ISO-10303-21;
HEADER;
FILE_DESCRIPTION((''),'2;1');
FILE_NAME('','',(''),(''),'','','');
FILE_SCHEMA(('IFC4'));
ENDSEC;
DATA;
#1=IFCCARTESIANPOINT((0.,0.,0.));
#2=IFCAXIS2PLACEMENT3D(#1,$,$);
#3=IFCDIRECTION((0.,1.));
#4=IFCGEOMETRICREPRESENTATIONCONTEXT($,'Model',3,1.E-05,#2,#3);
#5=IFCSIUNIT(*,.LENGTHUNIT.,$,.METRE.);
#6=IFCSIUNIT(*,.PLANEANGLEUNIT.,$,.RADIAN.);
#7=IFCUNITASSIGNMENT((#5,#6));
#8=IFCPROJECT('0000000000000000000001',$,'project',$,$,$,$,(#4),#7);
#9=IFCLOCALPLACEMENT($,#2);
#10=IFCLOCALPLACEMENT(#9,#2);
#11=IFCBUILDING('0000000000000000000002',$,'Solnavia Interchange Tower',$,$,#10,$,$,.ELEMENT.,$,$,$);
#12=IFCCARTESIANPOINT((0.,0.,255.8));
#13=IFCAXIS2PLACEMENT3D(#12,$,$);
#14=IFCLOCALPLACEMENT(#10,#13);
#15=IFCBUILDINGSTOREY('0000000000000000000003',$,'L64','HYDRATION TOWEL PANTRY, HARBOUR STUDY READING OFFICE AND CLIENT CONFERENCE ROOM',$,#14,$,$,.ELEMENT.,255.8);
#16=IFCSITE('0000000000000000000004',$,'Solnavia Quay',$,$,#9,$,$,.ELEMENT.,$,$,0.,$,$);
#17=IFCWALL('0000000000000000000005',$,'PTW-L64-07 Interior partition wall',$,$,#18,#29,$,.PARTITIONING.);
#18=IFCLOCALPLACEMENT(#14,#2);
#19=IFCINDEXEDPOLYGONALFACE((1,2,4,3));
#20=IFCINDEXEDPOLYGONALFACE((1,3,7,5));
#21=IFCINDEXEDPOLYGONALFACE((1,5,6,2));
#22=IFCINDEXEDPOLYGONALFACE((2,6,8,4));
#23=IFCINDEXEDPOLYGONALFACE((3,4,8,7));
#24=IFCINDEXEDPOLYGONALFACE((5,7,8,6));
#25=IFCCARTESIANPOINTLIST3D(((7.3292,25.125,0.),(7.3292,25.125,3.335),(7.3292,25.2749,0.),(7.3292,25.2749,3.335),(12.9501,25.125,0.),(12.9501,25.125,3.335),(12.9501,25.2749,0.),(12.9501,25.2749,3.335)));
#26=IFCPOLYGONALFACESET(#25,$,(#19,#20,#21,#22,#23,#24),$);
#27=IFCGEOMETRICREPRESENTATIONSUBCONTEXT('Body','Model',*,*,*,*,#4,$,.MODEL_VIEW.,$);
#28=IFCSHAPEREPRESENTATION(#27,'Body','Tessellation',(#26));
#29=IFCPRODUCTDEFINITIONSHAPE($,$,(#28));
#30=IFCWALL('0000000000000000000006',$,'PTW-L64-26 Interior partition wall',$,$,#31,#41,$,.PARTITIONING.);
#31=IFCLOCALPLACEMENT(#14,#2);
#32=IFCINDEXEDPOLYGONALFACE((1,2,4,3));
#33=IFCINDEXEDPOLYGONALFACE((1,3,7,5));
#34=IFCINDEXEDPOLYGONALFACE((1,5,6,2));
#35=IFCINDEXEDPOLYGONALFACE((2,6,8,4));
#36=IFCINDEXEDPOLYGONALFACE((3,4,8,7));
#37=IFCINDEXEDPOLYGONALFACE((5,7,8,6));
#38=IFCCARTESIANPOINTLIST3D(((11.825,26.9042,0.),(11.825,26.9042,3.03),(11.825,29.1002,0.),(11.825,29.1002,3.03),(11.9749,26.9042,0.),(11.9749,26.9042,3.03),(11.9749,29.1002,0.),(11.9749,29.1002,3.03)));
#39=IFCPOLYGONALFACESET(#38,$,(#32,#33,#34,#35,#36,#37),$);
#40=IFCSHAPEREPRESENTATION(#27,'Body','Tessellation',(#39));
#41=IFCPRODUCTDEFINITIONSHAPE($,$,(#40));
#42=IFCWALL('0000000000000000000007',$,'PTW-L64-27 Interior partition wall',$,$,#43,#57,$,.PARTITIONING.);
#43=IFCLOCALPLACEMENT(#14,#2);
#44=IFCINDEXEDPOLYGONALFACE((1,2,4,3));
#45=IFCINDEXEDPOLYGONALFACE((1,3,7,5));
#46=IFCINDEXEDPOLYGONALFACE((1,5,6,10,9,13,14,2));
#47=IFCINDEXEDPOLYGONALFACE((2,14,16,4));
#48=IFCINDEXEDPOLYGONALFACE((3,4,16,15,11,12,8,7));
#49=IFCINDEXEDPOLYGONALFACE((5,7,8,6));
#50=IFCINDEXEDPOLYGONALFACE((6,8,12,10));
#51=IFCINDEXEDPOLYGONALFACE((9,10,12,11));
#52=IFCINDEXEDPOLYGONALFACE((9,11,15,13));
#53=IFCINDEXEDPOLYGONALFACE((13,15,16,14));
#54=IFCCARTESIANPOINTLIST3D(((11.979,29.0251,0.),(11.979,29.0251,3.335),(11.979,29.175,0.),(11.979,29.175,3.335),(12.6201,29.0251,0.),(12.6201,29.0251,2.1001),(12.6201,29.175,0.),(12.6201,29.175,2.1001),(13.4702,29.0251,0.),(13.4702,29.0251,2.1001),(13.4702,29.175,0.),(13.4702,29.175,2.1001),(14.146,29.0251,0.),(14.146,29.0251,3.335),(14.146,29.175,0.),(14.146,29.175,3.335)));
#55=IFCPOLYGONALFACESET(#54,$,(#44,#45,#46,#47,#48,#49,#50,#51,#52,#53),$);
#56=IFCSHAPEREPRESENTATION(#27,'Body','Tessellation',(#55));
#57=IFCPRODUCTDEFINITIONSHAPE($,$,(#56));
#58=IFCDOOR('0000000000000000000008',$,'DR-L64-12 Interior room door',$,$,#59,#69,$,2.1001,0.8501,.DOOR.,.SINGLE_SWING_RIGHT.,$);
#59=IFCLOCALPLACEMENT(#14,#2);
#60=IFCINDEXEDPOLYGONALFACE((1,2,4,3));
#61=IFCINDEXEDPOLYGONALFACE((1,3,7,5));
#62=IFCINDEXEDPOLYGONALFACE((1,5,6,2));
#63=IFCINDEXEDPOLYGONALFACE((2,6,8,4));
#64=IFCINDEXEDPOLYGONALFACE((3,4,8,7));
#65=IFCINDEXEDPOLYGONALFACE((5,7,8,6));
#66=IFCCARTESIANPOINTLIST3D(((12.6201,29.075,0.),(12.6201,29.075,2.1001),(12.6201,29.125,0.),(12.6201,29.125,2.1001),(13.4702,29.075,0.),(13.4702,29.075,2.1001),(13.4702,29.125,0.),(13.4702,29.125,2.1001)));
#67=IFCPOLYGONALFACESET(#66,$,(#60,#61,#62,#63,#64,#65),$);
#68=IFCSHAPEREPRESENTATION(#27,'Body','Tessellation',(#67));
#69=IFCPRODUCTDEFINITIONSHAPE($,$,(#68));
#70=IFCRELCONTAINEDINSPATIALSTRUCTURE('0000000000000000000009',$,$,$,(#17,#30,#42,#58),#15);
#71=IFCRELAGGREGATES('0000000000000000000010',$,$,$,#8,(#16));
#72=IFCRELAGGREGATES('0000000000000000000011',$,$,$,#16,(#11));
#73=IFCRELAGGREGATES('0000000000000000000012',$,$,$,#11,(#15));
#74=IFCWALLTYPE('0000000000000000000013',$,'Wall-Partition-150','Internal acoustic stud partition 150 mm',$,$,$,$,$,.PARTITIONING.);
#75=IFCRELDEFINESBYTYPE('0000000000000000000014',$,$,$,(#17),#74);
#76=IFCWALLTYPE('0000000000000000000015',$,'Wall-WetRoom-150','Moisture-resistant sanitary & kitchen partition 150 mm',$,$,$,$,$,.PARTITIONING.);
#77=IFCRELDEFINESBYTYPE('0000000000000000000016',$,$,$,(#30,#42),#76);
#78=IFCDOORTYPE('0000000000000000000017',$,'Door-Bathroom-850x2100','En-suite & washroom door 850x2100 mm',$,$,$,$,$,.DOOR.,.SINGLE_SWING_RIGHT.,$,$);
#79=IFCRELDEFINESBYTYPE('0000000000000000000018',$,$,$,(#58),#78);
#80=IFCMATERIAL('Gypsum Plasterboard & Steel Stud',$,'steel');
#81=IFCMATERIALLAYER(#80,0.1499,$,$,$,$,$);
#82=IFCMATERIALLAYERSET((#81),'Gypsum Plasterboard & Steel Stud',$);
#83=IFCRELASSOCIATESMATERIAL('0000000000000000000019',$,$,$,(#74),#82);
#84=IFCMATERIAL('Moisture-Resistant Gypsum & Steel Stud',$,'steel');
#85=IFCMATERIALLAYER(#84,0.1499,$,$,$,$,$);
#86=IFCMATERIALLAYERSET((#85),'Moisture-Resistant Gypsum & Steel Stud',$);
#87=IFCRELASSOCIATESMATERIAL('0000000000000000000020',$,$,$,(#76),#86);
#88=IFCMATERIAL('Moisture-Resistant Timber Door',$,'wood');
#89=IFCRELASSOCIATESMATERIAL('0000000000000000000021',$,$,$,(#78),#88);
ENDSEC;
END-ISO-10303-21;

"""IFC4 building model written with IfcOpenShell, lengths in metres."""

from ifc_helpers import new_model, si_unit, direction, frame, frame_2d, origin, place, context, subcontext, project, spatial, rectangle, extrude, material, layer, layer_set, type_object, element, fill, save


model = new_model("IFC4")

# Units and contexts
model_context = context("Model", 3, precision=1e-05, world=origin(), true_north=direction((0.0, 1.0)))
body_context = subcontext(model_context, "Body", "Model", "MODEL_VIEW")
ifc_project = project(units=[si_unit("LENGTHUNIT", "METRE"), si_unit("PLANEANGLEUNIT", "RADIAN")], contexts=[model_context])

# Site, building, storey
site_placement = place(None, origin())
site = spatial("IfcSite", under=ifc_project, at=site_placement, Name="Solnavia Quay", CompositionType="ELEMENT", RefElevation=0.0)
building_placement = place(site_placement, origin())
building = spatial("IfcBuilding", under=site, at=building_placement, Name="Solnavia Interchange Tower", CompositionType="ELEMENT")
storey_placement = place(building_placement, frame((0.0, 0.0, 255.8)))
storey = spatial("IfcBuildingStorey", under=building, at=storey_placement, Name="L64", Description="HYDRATION TOWEL PANTRY, HARBOUR STUDY READING OFFICE AND CLIENT CONFERENCE ROOM", CompositionType="ELEMENT", Elevation=255.8)

# Walls
ifc_material_1 = material(Name="Gypsum Plasterboard & Steel Stud", Category="steel")
ifc_layer_1 = layer(ifc_material_1, 0.1499)
ifc_layer_set_1 = layer_set([ifc_layer_1], Name="Gypsum Plasterboard & Steel Stud")
wall_type_1 = type_object("IfcWallType", Name="Wall-Partition-150", Description="Internal acoustic stud partition 150 mm", PredefinedType="PARTITIONING", material=ifc_layer_set_1)
wall_1_placement = place(storey_placement, frame((7.3291, 25.2, 0.0), z_axis=(0.0, 0.0, 1.0), x_axis=(1.0, 0.0, 0.0)))
element("IfcWall", 1, at=wall_1_placement, inside=storey, type_object=wall_type_1, Name="PTW-L64-07 Interior partition wall", PredefinedType="PARTITIONING", context=body_context, shape_type="SweptSolid", body=[
    extrude(rectangle(XDim=5.6208, YDim=0.1499, at=frame_2d((2.8105, 0.0))), origin(), (0.0, 0.0, 1.0), 3.335),
])
ifc_material_2 = material(Name="Moisture-Resistant Gypsum & Steel Stud", Category="steel")
ifc_layer_2 = layer(ifc_material_2, 0.1499)
ifc_layer_set_2 = layer_set([ifc_layer_2], Name="Moisture-Resistant Gypsum & Steel Stud")
wall_type_2 = type_object("IfcWallType", Name="Wall-WetRoom-150", Description="Moisture-resistant sanitary & kitchen partition 150 mm", PredefinedType="PARTITIONING", material=ifc_layer_set_2)
wall_2_placement = place(storey_placement, frame((11.8999, 26.9041, 0.0), z_axis=(0.0, 0.0, 1.0), x_axis=(0.0, 1.0, 0.0)))
element("IfcWall", 2, at=wall_2_placement, inside=storey, type_object=wall_type_2, Name="PTW-L64-26 Interior partition wall", PredefinedType="PARTITIONING", context=body_context, shape_type="SweptSolid", body=[
    extrude(rectangle(XDim=2.196, YDim=0.1499, at=frame_2d((1.0981, 0.0))), origin(), (0.0, 0.0, 1.0), 3.03),
])

# Wall, opening, door
wall_3_placement = place(storey_placement, frame((11.979, 29.1001, 0.0), z_axis=(0.0, 0.0, 1.0), x_axis=(1.0, 0.0, 0.0)))
wall_3 = element("IfcWall", 3, at=wall_3_placement, inside=storey, type_object=wall_type_2, Name="PTW-L64-27 Interior partition wall", PredefinedType="PARTITIONING", context=body_context, shape_type="SweptSolid", body=[
    extrude(rectangle(XDim=2.167, YDim=0.1499, at=frame_2d((1.0835, 0.0))), origin(), (0.0, 0.0, 1.0), 3.335),
])
opening_1_placement = place(wall_3_placement, frame((0.6411, 0.0, 0.0)))
opening_1 = element("IfcOpeningElement", 4, at=opening_1_placement, cuts=wall_3, PredefinedType="OPENING", context=body_context, shape_type="SweptSolid", body=[
    extrude(rectangle(XDim=0.8501, YDim=2.1001, at=frame_2d((0.425, 1.05))), frame((0.0, 0.085, 0.0), z_axis=(0.0, -1.0, 0.0), x_axis=(1.0, 0.0, 0.0)), (0.0, 0.0, 1.0), 0.1699),
])
ifc_material_3 = material(Name="Moisture-Resistant Timber Door", Category="wood")
door_type_1 = type_object("IfcDoorType", Name="Door-Bathroom-850x2100", Description="En-suite & washroom door 850x2100 mm", OperationType="SINGLE_SWING_RIGHT", PredefinedType="DOOR", material=ifc_material_3)
door_1_placement = place(opening_1_placement, origin())
door_1 = element("IfcDoor", 5, at=door_1_placement, inside=storey, type_object=door_type_1, Name="DR-L64-12 Interior room door", OperationType="SINGLE_SWING_RIGHT", OverallHeight=2.1001, OverallWidth=0.8501, PredefinedType="DOOR", context=body_context, shape_type="SweptSolid", body=[
    extrude(rectangle(XDim=0.8501, YDim=2.1001, at=frame_2d((0.425, 1.05))), frame((0.0, 0.0249, 0.0), z_axis=(0.0, -1.0, 0.0), x_axis=(1.0, 0.0, 0.0)), (0.0, 0.0, 1.0), 0.05),
])
fill(opening_1, door_1)

save(model, "model.ifc")
